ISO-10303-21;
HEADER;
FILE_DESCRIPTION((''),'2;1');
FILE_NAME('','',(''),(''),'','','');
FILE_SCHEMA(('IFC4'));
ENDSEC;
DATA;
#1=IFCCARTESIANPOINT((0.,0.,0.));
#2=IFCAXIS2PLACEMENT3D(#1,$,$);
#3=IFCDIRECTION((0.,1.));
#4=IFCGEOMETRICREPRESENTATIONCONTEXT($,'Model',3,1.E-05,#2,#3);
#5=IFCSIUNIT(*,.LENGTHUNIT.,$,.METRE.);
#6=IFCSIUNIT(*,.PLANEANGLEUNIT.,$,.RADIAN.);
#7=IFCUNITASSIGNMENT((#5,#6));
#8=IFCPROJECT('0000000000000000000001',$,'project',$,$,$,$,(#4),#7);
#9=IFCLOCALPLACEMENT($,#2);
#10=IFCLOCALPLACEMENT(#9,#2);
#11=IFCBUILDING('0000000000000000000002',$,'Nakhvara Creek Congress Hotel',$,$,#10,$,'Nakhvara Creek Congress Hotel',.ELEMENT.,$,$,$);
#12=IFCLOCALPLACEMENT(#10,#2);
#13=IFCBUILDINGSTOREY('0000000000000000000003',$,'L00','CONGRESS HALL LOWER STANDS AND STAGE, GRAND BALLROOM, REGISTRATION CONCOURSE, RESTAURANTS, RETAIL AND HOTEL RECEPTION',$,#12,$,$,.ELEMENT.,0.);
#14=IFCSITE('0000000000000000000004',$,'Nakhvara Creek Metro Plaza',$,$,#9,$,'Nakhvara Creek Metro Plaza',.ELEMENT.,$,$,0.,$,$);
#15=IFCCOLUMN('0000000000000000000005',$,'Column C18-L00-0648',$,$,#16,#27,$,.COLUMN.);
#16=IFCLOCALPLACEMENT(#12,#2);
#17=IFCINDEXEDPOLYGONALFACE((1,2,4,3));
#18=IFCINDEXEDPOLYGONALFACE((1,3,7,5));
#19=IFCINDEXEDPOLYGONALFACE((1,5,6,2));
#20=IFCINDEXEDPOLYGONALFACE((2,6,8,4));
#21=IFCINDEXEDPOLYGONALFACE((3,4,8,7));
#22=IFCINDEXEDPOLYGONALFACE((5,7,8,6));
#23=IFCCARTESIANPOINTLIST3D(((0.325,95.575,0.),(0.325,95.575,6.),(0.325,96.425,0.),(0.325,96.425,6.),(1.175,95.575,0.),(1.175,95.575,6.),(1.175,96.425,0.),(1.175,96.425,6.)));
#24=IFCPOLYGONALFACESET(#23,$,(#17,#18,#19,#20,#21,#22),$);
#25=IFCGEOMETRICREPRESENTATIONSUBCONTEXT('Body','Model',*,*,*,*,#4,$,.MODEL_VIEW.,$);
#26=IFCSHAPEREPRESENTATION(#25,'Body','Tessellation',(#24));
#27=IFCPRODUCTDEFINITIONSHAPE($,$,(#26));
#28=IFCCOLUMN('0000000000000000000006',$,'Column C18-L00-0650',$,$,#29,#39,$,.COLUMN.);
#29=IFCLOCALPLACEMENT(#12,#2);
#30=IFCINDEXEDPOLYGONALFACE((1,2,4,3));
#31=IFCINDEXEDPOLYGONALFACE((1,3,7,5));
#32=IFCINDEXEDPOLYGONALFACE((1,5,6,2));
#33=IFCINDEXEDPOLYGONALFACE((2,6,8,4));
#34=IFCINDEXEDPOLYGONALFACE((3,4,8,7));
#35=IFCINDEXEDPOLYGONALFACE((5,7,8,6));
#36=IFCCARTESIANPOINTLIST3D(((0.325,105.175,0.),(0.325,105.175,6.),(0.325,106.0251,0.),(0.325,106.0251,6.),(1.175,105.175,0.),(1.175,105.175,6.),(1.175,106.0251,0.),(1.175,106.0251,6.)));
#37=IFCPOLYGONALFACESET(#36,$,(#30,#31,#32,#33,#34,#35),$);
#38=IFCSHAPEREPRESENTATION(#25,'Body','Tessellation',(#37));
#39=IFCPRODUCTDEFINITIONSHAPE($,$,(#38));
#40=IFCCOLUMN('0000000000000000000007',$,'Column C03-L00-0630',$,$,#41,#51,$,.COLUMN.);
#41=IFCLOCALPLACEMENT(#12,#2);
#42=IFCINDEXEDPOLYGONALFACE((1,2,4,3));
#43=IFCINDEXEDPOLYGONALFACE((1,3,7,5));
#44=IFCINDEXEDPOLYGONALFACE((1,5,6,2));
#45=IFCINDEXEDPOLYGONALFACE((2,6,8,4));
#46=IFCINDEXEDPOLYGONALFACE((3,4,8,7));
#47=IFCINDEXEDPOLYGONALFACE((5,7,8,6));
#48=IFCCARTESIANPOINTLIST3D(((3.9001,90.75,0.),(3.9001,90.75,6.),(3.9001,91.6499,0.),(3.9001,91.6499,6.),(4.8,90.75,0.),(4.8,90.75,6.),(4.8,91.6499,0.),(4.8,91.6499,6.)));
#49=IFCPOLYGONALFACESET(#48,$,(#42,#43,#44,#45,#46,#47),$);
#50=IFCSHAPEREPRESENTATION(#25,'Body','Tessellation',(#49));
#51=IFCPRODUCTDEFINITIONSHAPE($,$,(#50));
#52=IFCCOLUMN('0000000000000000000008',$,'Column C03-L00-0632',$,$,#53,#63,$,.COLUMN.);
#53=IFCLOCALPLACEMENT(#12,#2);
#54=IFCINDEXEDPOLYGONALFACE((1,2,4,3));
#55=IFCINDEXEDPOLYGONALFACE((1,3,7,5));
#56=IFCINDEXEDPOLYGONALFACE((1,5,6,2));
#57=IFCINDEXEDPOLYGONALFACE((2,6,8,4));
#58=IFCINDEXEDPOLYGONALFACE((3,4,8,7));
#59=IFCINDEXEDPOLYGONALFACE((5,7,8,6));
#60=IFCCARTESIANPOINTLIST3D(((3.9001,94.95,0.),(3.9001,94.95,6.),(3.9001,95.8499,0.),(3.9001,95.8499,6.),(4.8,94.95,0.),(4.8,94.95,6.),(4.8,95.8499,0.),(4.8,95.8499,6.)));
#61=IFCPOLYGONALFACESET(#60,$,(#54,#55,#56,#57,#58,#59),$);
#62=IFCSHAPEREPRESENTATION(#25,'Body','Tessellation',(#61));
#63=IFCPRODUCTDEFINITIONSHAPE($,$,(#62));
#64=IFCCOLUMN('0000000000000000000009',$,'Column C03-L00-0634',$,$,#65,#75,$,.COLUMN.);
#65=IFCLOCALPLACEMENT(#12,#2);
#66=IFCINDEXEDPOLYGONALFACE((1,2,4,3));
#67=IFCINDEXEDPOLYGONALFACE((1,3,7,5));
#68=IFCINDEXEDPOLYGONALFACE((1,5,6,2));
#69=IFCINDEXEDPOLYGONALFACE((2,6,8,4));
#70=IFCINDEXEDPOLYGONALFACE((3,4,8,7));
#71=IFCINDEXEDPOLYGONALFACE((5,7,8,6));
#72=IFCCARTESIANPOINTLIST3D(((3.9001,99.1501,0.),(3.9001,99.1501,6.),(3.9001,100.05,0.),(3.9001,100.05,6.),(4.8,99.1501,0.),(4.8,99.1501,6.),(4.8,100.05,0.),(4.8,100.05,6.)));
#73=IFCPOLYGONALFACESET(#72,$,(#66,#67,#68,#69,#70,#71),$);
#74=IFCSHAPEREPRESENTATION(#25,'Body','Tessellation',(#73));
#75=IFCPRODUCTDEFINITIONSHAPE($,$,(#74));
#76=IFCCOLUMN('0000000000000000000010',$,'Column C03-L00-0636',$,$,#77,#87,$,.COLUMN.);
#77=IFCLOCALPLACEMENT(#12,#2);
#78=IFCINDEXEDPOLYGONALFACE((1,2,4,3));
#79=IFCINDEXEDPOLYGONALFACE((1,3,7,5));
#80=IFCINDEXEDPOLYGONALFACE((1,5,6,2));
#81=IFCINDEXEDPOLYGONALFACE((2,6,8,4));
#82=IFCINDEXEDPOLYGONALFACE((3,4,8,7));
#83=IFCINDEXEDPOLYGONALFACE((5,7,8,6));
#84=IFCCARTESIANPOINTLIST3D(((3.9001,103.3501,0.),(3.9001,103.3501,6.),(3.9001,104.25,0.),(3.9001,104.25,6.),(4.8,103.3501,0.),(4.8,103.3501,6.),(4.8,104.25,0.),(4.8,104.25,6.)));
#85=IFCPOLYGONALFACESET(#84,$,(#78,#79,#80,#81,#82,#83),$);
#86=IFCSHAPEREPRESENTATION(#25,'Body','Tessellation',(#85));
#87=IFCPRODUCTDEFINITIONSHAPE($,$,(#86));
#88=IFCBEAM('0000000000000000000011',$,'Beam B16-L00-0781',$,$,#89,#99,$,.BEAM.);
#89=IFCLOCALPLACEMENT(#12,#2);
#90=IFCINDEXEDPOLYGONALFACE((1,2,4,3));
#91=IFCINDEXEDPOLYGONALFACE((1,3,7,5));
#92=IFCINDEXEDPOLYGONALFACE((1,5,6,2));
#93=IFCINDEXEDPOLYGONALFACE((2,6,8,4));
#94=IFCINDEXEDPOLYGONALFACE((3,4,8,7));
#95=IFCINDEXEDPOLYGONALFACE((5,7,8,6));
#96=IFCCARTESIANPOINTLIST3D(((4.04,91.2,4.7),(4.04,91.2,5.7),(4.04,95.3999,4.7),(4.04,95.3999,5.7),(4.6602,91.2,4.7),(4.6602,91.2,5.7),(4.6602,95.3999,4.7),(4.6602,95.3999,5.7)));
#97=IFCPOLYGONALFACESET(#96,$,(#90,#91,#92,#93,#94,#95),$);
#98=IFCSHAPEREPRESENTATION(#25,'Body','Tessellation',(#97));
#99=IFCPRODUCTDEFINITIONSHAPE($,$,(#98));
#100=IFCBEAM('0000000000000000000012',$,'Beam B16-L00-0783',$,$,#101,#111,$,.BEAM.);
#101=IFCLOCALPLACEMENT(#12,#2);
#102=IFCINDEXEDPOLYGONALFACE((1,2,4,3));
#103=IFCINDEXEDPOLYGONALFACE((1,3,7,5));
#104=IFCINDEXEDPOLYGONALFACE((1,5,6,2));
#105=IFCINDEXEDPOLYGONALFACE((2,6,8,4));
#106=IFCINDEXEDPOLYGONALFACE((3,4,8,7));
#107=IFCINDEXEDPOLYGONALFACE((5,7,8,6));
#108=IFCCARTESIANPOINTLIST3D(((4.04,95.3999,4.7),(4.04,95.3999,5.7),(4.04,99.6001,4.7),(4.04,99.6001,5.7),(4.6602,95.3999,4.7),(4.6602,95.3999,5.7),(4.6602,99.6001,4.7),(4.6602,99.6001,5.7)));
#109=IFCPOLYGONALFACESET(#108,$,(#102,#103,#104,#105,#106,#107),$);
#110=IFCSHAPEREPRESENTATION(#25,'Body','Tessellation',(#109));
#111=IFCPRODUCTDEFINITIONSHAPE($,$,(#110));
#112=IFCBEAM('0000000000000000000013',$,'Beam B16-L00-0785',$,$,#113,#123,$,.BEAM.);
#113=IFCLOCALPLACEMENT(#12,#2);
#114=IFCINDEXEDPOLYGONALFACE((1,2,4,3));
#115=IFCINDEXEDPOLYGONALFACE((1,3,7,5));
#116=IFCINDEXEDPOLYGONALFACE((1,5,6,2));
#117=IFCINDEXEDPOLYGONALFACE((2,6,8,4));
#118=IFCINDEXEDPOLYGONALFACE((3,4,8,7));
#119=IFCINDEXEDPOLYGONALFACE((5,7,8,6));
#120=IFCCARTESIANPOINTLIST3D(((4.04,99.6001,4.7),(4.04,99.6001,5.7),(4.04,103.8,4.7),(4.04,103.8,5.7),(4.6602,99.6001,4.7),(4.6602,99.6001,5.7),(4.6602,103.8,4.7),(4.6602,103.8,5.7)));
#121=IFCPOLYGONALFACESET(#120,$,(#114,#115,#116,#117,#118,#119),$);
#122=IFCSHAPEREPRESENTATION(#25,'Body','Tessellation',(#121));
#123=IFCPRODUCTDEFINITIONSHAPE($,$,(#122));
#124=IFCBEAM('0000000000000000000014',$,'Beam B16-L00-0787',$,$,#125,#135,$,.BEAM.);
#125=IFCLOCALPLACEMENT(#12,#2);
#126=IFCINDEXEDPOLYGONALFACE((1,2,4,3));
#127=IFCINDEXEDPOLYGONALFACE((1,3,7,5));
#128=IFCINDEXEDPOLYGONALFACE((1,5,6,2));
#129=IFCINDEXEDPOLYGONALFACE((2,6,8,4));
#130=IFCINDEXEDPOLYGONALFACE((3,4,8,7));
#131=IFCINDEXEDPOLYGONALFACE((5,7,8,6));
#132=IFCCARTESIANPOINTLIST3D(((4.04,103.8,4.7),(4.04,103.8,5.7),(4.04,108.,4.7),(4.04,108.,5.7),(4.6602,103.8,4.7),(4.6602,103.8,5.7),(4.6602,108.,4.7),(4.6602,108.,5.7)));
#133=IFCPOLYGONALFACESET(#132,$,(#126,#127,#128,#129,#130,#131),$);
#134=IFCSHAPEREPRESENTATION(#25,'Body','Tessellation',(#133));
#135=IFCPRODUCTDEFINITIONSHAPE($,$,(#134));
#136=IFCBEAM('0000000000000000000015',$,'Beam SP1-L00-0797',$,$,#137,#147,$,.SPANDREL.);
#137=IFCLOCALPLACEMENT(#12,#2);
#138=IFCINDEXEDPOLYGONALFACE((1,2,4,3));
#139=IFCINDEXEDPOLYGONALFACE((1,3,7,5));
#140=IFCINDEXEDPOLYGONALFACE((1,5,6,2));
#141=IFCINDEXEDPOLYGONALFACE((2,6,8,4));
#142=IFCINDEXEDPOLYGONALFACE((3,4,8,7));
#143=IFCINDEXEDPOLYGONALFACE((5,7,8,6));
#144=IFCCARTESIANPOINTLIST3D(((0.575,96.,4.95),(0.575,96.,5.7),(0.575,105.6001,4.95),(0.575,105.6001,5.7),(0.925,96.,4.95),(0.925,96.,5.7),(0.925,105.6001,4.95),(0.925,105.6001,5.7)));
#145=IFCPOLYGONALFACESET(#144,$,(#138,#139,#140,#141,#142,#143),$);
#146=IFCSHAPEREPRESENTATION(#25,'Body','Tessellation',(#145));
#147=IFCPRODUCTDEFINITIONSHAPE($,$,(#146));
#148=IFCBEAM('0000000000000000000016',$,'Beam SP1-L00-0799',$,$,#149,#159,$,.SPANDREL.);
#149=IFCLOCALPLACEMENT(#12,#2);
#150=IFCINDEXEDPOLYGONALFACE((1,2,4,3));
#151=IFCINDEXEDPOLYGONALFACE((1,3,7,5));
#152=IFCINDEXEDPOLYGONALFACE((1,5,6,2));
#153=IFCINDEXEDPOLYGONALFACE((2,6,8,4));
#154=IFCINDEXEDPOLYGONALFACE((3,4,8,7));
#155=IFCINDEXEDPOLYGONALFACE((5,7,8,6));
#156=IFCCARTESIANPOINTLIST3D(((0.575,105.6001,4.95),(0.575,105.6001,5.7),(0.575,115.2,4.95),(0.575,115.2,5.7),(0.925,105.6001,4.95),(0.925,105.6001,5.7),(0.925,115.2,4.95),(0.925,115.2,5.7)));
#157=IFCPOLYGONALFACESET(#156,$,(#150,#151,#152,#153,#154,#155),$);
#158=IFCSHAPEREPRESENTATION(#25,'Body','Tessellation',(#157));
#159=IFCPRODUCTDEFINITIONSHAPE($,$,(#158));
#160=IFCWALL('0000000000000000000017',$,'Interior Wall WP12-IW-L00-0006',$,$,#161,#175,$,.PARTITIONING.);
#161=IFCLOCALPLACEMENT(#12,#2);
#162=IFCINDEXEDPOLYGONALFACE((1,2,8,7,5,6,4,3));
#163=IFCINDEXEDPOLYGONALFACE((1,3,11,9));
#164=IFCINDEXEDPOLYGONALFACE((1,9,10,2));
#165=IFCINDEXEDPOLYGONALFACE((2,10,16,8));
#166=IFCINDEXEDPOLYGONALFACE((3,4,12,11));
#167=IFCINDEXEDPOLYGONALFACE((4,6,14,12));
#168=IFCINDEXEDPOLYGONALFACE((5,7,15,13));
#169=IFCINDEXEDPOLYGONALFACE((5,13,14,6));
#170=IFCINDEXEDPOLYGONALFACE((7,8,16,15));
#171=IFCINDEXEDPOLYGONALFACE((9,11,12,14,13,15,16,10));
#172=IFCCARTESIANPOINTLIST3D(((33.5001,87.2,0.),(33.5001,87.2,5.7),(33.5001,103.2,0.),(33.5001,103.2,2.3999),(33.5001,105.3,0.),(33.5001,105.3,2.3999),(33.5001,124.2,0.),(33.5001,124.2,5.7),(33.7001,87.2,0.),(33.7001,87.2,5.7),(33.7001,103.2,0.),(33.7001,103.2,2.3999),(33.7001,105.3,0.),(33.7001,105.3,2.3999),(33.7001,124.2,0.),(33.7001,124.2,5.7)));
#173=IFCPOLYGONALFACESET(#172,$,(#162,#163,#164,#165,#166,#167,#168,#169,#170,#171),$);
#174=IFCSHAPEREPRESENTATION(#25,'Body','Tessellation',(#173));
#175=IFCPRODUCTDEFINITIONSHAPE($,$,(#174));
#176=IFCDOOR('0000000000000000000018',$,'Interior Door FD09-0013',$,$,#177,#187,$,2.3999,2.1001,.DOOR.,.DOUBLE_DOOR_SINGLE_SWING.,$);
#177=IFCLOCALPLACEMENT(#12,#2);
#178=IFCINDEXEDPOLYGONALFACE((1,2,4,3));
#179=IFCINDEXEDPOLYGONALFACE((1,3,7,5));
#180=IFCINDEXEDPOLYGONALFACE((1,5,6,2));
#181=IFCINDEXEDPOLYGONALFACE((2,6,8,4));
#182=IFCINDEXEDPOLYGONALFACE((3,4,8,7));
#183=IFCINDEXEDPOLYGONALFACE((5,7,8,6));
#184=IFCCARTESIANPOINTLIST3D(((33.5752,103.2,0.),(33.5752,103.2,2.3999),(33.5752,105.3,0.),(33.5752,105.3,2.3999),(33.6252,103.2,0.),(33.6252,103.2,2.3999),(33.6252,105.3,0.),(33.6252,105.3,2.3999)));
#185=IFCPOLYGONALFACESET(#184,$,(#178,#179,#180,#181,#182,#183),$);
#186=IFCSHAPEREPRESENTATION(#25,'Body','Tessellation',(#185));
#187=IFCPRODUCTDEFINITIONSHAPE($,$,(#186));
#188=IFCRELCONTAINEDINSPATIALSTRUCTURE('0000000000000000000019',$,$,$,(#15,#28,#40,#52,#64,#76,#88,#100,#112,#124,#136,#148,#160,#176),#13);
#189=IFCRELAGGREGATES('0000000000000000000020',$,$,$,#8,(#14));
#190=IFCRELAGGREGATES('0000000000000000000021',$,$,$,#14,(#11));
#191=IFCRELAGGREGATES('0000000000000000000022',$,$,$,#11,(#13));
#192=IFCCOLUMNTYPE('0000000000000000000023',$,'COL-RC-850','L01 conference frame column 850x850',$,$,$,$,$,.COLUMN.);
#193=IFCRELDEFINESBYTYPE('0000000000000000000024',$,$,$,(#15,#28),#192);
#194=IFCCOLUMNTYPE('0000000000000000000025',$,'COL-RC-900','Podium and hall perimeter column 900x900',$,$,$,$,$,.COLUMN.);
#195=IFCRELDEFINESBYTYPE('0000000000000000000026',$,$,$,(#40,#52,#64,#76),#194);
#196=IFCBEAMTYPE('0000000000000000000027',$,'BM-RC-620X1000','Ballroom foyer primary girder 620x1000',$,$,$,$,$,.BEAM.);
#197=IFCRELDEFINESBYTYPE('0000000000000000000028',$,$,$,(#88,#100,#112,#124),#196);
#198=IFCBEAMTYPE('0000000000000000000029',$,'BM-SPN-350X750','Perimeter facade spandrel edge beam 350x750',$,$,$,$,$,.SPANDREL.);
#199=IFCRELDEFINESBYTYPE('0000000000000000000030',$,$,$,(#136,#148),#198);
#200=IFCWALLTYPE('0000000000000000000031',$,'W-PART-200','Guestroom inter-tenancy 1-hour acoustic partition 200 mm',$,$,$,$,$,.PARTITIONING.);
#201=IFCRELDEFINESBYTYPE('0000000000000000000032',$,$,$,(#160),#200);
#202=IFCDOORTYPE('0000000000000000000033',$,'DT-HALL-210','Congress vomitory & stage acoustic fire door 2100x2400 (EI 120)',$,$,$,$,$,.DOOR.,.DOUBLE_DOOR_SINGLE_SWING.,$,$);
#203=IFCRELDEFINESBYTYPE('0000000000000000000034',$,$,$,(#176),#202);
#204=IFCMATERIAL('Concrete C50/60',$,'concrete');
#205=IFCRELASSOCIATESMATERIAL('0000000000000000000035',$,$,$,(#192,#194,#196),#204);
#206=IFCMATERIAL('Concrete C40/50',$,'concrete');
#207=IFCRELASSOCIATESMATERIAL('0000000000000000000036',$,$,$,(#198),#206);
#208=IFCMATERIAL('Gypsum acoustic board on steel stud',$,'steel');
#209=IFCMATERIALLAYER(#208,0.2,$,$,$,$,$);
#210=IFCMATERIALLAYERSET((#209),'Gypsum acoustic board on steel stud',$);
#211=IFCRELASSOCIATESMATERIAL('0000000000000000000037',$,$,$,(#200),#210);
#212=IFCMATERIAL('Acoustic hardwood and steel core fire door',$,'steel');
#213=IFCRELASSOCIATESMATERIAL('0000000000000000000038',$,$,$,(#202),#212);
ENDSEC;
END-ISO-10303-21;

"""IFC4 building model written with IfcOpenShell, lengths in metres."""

from ifc_helpers import new_model, si_unit, direction, frame, frame_2d, origin, origin_2d, place, context, subcontext, project, spatial, rectangle, extrude, material, layer, layer_set, material_profile, profile_set, type_object, element, fill, save


model = new_model("IFC4")

# Units and contexts
model_context = context("Model", 3, precision=1e-05, world=origin(), true_north=direction((0.0, 1.0)))
body_context = subcontext(model_context, "Body", "Model", "MODEL_VIEW")
ifc_project = project(units=[si_unit("LENGTHUNIT", "METRE"), si_unit("PLANEANGLEUNIT", "RADIAN")], contexts=[model_context])

# Site, building, storey
site_placement = place(None, origin())
site = spatial("IfcSite", under=ifc_project, at=site_placement, Name="Nakhvara Creek Metro Plaza", LongName="Nakhvara Creek Metro Plaza", CompositionType="ELEMENT", RefElevation=0.0)
building_placement = place(site_placement, origin())
building = spatial("IfcBuilding", under=site, at=building_placement, Name="Nakhvara Creek Congress Hotel", LongName="Nakhvara Creek Congress Hotel", CompositionType="ELEMENT")
storey_placement = place(building_placement, origin())
storey = spatial("IfcBuildingStorey", under=building, at=storey_placement, Name="L00", Description="CONGRESS HALL LOWER STANDS AND STAGE, GRAND BALLROOM, REGISTRATION CONCOURSE, RESTAURANTS, RETAIL AND HOTEL RECEPTION", CompositionType="ELEMENT", Elevation=0.0)

# Columns
ifc_material_1 = material(Name="Concrete C50/60", Category="concrete")
ifc_material_profile_1 = material_profile(ifc_material_1, rectangle(XDim=0.8501, YDim=0.8501, at=origin_2d()), Name="RC-COL 850x850", Category="LoadBearing")
ifc_profile_set_1 = profile_set([ifc_material_profile_1], Name="Concrete C50/60")
column_type_1 = type_object("IfcColumnType", Name="COL-RC-850", Description="L01 conference frame column 850x850", PredefinedType="COLUMN", material=ifc_profile_set_1)
for number, where, z_axis, x_axis, name in (
    (1, (0.75, 96.0, 0.0), (0.0, 0.0, 1.0), (1.0, 0.0, 0.0), "Column C18-L00-0648"),
    (2, (0.75, 105.6001, 0.0), (0.0, 0.0, 1.0), (1.0, 0.0, 0.0), "Column C18-L00-0650"),
):
    element("IfcColumn", number, at=place(storey_placement, frame(where, z_axis=z_axis, x_axis=x_axis)), inside=storey, type_object=column_type_1, Name=name, PredefinedType="COLUMN", context=body_context, shape_type="SweptSolid", body=[
        extrude(rectangle(XDim=0.8501, YDim=0.8501, at=origin_2d()), origin(), (0.0, 0.0, 1.0), 6.0),
    ])
ifc_material_profile_2 = material_profile(ifc_material_1, rectangle(XDim=0.8999, YDim=0.8999, at=origin_2d()), Name="RC-COL 900x900", Category="LoadBearing")
ifc_profile_set_2 = profile_set([ifc_material_profile_2], Name="Concrete C50/60")
column_type_2 = type_object("IfcColumnType", Name="COL-RC-900", Description="Podium and hall perimeter column 900x900", PredefinedType="COLUMN", material=ifc_profile_set_2)
for number, where, z_axis, x_axis, name in (
    (3, (4.3501, 91.2, 0.0), (0.0, 0.0, 1.0), (1.0, 0.0, 0.0), "Column C03-L00-0630"),
    (4, (4.3501, 95.3999, 0.0), (0.0, 0.0, 1.0), (1.0, 0.0, 0.0), "Column C03-L00-0632"),
    (5, (4.3501, 99.6001, 0.0), (0.0, 0.0, 1.0), (1.0, 0.0, 0.0), "Column C03-L00-0634"),
    (6, (4.3501, 103.8, 0.0), (0.0, 0.0, 1.0), (1.0, 0.0, 0.0), "Column C03-L00-0636"),
):
    element("IfcColumn", number, at=place(storey_placement, frame(where, z_axis=z_axis, x_axis=x_axis)), inside=storey, type_object=column_type_2, Name=name, PredefinedType="COLUMN", context=body_context, shape_type="SweptSolid", body=[
        extrude(rectangle(XDim=0.8999, YDim=0.8999, at=origin_2d()), origin(), (0.0, 0.0, 1.0), 6.0),
    ])

# Beams
ifc_material_profile_3 = material_profile(ifc_material_1, rectangle(XDim=0.6201, YDim=1.0, at=origin_2d()), Name="RC-BM 620x1000", Category="LoadBearing")
ifc_profile_set_3 = profile_set([ifc_material_profile_3], Name="Concrete C50/60")
beam_type_1 = type_object("IfcBeamType", Name="BM-RC-620X1000", Description="Ballroom foyer primary girder 620x1000", PredefinedType="BEAM", material=ifc_profile_set_3)
beam_1_placement = place(storey_placement, frame((4.3501, 91.2, 5.2), z_axis=(0.0, 1.0, 0.0), x_axis=(-1.0, 0.0, 0.0)))
element("IfcBeam", 7, at=beam_1_placement, inside=storey, type_object=beam_type_1, Name="Beam B16-L00-0781", PredefinedType="BEAM", context=body_context, shape_type="SweptSolid", body=[
    extrude(rectangle(XDim=0.6201, YDim=1.0, at=origin_2d()), origin(), (0.0, 0.0, 1.0), 4.2),
])
beam_2_placement = place(storey_placement, frame((4.3501, 95.3999, 5.2), z_axis=(0.0, 1.0, 0.0), x_axis=(-1.0, 0.0, 0.0)))
element("IfcBeam", 8, at=beam_2_placement, inside=storey, type_object=beam_type_1, Name="Beam B16-L00-0783", PredefinedType="BEAM", context=body_context, shape_type="SweptSolid", body=[
    extrude(rectangle(XDim=0.6201, YDim=1.0, at=origin_2d()), origin(), (0.0, 0.0, 1.0), 4.2002),
])
for number, where, z_axis, x_axis, name in (
    (9, (4.3501, 99.6001, 5.2), (0.0, 1.0, 0.0), (-1.0, 0.0, 0.0), "Beam B16-L00-0785"),
    (10, (4.3501, 103.8, 5.2), (0.0, 1.0, 0.0), (-1.0, 0.0, 0.0), "Beam B16-L00-0787"),
):
    element("IfcBeam", number, at=place(storey_placement, frame(where, z_axis=z_axis, x_axis=x_axis)), inside=storey, type_object=beam_type_1, Name=name, PredefinedType="BEAM", context=body_context, shape_type="SweptSolid", body=[
        extrude(rectangle(XDim=0.6201, YDim=1.0, at=origin_2d()), origin(), (0.0, 0.0, 1.0), 4.2),
    ])
ifc_material_2 = material(Name="Concrete C40/50", Category="concrete")
ifc_material_profile_4 = material_profile(ifc_material_2, rectangle(XDim=0.3501, YDim=0.75, at=origin_2d()), Name="RC-SPANDREL 350x750", Category="LoadBearing")
ifc_profile_set_4 = profile_set([ifc_material_profile_4], Name="Concrete C40/50")
beam_type_2 = type_object("IfcBeamType", Name="BM-SPN-350X750", Description="Perimeter facade spandrel edge beam 350x750", PredefinedType="SPANDREL", material=ifc_profile_set_4)
beam_3_placement = place(storey_placement, frame((0.75, 96.0, 5.325), z_axis=(0.0, 1.0, 0.0), x_axis=(-1.0, 0.0, 0.0)))
element("IfcBeam", 11, at=beam_3_placement, inside=storey, type_object=beam_type_2, Name="Beam SP1-L00-0797", PredefinedType="SPANDREL", context=body_context, shape_type="SweptSolid", body=[
    extrude(rectangle(XDim=0.3501, YDim=0.75, at=origin_2d()), origin(), (0.0, 0.0, 1.0), 9.6001),
])
beam_4_placement = place(storey_placement, frame((0.75, 105.6001, 5.325), z_axis=(0.0, 1.0, 0.0), x_axis=(-1.0, 0.0, 0.0)))
element("IfcBeam", 12, at=beam_4_placement, inside=storey, type_object=beam_type_2, Name="Beam SP1-L00-0799", PredefinedType="SPANDREL", context=body_context, shape_type="SweptSolid", body=[
    extrude(rectangle(XDim=0.3501, YDim=0.75, at=origin_2d()), origin(), (0.0, 0.0, 1.0), 9.5999),
])

# Wall, opening, door
ifc_material_3 = material(Name="Gypsum acoustic board on steel stud", Category="steel")
ifc_layer_1 = layer(ifc_material_3, 0.2)
ifc_layer_set_1 = layer_set([ifc_layer_1], Name="Gypsum acoustic board on steel stud")
wall_type = type_object("IfcWallType", Name="W-PART-200", Description="Guestroom inter-tenancy 1-hour acoustic partition 200 mm", PredefinedType="PARTITIONING", material=ifc_layer_set_1)
wall_placement = place(storey_placement, frame((33.6001, 87.2, 0.0), z_axis=(0.0, 0.0, 1.0), x_axis=(0.0, 1.0, 0.0)))
wall = element("IfcWall", 13, at=wall_placement, inside=storey, type_object=wall_type, Name="Interior Wall WP12-IW-L00-0006", PredefinedType="PARTITIONING", context=body_context, shape_type="SweptSolid", body=[
    extrude(rectangle(XDim=37.0, YDim=0.2, at=frame_2d((18.5, 0.0))), origin(), (0.0, 0.0, 1.0), 5.7),
])
opening_placement = place(wall_placement, frame((16.0, 0.0, 0.0)))
opening = element("IfcOpeningElement", 14, at=opening_placement, cuts=wall, PredefinedType="OPENING", context=body_context, shape_type="SweptSolid", body=[
    extrude(rectangle(XDim=2.1001, YDim=2.3999, at=frame_2d((1.05, 1.2))), frame((0.0, 0.1118, 0.0), z_axis=(0.0, -1.0, 0.0), x_axis=(1.0, 0.0, 0.0)), (0.0, 0.0, 1.0), 0.2239),
])
ifc_material_4 = material(Name="Acoustic hardwood and steel core fire door", Category="steel")
door_type = type_object("IfcDoorType", Name="DT-HALL-210", Description="Congress vomitory & stage acoustic fire door 2100x2400 (EI 120)", OperationType="DOUBLE_DOOR_SINGLE_SWING", PredefinedType="DOOR", material=ifc_material_4)
door_placement = place(opening_placement, origin())
door = element("IfcDoor", 15, at=door_placement, inside=storey, type_object=door_type, Name="Interior Door FD09-0013", OperationType="DOUBLE_DOOR_SINGLE_SWING", OverallHeight=2.3999, OverallWidth=2.1001, PredefinedType="DOOR", context=body_context, shape_type="SweptSolid", body=[
    extrude(rectangle(XDim=2.1001, YDim=2.3999, at=frame_2d((1.05, 1.2))), frame((0.0, 0.0249, 0.0), z_axis=(0.0, -1.0, 0.0), x_axis=(1.0, 0.0, 0.0)), (0.0, 0.0, 1.0), 0.05),
])
fill(opening, door)

save(model, "model.ifc")
